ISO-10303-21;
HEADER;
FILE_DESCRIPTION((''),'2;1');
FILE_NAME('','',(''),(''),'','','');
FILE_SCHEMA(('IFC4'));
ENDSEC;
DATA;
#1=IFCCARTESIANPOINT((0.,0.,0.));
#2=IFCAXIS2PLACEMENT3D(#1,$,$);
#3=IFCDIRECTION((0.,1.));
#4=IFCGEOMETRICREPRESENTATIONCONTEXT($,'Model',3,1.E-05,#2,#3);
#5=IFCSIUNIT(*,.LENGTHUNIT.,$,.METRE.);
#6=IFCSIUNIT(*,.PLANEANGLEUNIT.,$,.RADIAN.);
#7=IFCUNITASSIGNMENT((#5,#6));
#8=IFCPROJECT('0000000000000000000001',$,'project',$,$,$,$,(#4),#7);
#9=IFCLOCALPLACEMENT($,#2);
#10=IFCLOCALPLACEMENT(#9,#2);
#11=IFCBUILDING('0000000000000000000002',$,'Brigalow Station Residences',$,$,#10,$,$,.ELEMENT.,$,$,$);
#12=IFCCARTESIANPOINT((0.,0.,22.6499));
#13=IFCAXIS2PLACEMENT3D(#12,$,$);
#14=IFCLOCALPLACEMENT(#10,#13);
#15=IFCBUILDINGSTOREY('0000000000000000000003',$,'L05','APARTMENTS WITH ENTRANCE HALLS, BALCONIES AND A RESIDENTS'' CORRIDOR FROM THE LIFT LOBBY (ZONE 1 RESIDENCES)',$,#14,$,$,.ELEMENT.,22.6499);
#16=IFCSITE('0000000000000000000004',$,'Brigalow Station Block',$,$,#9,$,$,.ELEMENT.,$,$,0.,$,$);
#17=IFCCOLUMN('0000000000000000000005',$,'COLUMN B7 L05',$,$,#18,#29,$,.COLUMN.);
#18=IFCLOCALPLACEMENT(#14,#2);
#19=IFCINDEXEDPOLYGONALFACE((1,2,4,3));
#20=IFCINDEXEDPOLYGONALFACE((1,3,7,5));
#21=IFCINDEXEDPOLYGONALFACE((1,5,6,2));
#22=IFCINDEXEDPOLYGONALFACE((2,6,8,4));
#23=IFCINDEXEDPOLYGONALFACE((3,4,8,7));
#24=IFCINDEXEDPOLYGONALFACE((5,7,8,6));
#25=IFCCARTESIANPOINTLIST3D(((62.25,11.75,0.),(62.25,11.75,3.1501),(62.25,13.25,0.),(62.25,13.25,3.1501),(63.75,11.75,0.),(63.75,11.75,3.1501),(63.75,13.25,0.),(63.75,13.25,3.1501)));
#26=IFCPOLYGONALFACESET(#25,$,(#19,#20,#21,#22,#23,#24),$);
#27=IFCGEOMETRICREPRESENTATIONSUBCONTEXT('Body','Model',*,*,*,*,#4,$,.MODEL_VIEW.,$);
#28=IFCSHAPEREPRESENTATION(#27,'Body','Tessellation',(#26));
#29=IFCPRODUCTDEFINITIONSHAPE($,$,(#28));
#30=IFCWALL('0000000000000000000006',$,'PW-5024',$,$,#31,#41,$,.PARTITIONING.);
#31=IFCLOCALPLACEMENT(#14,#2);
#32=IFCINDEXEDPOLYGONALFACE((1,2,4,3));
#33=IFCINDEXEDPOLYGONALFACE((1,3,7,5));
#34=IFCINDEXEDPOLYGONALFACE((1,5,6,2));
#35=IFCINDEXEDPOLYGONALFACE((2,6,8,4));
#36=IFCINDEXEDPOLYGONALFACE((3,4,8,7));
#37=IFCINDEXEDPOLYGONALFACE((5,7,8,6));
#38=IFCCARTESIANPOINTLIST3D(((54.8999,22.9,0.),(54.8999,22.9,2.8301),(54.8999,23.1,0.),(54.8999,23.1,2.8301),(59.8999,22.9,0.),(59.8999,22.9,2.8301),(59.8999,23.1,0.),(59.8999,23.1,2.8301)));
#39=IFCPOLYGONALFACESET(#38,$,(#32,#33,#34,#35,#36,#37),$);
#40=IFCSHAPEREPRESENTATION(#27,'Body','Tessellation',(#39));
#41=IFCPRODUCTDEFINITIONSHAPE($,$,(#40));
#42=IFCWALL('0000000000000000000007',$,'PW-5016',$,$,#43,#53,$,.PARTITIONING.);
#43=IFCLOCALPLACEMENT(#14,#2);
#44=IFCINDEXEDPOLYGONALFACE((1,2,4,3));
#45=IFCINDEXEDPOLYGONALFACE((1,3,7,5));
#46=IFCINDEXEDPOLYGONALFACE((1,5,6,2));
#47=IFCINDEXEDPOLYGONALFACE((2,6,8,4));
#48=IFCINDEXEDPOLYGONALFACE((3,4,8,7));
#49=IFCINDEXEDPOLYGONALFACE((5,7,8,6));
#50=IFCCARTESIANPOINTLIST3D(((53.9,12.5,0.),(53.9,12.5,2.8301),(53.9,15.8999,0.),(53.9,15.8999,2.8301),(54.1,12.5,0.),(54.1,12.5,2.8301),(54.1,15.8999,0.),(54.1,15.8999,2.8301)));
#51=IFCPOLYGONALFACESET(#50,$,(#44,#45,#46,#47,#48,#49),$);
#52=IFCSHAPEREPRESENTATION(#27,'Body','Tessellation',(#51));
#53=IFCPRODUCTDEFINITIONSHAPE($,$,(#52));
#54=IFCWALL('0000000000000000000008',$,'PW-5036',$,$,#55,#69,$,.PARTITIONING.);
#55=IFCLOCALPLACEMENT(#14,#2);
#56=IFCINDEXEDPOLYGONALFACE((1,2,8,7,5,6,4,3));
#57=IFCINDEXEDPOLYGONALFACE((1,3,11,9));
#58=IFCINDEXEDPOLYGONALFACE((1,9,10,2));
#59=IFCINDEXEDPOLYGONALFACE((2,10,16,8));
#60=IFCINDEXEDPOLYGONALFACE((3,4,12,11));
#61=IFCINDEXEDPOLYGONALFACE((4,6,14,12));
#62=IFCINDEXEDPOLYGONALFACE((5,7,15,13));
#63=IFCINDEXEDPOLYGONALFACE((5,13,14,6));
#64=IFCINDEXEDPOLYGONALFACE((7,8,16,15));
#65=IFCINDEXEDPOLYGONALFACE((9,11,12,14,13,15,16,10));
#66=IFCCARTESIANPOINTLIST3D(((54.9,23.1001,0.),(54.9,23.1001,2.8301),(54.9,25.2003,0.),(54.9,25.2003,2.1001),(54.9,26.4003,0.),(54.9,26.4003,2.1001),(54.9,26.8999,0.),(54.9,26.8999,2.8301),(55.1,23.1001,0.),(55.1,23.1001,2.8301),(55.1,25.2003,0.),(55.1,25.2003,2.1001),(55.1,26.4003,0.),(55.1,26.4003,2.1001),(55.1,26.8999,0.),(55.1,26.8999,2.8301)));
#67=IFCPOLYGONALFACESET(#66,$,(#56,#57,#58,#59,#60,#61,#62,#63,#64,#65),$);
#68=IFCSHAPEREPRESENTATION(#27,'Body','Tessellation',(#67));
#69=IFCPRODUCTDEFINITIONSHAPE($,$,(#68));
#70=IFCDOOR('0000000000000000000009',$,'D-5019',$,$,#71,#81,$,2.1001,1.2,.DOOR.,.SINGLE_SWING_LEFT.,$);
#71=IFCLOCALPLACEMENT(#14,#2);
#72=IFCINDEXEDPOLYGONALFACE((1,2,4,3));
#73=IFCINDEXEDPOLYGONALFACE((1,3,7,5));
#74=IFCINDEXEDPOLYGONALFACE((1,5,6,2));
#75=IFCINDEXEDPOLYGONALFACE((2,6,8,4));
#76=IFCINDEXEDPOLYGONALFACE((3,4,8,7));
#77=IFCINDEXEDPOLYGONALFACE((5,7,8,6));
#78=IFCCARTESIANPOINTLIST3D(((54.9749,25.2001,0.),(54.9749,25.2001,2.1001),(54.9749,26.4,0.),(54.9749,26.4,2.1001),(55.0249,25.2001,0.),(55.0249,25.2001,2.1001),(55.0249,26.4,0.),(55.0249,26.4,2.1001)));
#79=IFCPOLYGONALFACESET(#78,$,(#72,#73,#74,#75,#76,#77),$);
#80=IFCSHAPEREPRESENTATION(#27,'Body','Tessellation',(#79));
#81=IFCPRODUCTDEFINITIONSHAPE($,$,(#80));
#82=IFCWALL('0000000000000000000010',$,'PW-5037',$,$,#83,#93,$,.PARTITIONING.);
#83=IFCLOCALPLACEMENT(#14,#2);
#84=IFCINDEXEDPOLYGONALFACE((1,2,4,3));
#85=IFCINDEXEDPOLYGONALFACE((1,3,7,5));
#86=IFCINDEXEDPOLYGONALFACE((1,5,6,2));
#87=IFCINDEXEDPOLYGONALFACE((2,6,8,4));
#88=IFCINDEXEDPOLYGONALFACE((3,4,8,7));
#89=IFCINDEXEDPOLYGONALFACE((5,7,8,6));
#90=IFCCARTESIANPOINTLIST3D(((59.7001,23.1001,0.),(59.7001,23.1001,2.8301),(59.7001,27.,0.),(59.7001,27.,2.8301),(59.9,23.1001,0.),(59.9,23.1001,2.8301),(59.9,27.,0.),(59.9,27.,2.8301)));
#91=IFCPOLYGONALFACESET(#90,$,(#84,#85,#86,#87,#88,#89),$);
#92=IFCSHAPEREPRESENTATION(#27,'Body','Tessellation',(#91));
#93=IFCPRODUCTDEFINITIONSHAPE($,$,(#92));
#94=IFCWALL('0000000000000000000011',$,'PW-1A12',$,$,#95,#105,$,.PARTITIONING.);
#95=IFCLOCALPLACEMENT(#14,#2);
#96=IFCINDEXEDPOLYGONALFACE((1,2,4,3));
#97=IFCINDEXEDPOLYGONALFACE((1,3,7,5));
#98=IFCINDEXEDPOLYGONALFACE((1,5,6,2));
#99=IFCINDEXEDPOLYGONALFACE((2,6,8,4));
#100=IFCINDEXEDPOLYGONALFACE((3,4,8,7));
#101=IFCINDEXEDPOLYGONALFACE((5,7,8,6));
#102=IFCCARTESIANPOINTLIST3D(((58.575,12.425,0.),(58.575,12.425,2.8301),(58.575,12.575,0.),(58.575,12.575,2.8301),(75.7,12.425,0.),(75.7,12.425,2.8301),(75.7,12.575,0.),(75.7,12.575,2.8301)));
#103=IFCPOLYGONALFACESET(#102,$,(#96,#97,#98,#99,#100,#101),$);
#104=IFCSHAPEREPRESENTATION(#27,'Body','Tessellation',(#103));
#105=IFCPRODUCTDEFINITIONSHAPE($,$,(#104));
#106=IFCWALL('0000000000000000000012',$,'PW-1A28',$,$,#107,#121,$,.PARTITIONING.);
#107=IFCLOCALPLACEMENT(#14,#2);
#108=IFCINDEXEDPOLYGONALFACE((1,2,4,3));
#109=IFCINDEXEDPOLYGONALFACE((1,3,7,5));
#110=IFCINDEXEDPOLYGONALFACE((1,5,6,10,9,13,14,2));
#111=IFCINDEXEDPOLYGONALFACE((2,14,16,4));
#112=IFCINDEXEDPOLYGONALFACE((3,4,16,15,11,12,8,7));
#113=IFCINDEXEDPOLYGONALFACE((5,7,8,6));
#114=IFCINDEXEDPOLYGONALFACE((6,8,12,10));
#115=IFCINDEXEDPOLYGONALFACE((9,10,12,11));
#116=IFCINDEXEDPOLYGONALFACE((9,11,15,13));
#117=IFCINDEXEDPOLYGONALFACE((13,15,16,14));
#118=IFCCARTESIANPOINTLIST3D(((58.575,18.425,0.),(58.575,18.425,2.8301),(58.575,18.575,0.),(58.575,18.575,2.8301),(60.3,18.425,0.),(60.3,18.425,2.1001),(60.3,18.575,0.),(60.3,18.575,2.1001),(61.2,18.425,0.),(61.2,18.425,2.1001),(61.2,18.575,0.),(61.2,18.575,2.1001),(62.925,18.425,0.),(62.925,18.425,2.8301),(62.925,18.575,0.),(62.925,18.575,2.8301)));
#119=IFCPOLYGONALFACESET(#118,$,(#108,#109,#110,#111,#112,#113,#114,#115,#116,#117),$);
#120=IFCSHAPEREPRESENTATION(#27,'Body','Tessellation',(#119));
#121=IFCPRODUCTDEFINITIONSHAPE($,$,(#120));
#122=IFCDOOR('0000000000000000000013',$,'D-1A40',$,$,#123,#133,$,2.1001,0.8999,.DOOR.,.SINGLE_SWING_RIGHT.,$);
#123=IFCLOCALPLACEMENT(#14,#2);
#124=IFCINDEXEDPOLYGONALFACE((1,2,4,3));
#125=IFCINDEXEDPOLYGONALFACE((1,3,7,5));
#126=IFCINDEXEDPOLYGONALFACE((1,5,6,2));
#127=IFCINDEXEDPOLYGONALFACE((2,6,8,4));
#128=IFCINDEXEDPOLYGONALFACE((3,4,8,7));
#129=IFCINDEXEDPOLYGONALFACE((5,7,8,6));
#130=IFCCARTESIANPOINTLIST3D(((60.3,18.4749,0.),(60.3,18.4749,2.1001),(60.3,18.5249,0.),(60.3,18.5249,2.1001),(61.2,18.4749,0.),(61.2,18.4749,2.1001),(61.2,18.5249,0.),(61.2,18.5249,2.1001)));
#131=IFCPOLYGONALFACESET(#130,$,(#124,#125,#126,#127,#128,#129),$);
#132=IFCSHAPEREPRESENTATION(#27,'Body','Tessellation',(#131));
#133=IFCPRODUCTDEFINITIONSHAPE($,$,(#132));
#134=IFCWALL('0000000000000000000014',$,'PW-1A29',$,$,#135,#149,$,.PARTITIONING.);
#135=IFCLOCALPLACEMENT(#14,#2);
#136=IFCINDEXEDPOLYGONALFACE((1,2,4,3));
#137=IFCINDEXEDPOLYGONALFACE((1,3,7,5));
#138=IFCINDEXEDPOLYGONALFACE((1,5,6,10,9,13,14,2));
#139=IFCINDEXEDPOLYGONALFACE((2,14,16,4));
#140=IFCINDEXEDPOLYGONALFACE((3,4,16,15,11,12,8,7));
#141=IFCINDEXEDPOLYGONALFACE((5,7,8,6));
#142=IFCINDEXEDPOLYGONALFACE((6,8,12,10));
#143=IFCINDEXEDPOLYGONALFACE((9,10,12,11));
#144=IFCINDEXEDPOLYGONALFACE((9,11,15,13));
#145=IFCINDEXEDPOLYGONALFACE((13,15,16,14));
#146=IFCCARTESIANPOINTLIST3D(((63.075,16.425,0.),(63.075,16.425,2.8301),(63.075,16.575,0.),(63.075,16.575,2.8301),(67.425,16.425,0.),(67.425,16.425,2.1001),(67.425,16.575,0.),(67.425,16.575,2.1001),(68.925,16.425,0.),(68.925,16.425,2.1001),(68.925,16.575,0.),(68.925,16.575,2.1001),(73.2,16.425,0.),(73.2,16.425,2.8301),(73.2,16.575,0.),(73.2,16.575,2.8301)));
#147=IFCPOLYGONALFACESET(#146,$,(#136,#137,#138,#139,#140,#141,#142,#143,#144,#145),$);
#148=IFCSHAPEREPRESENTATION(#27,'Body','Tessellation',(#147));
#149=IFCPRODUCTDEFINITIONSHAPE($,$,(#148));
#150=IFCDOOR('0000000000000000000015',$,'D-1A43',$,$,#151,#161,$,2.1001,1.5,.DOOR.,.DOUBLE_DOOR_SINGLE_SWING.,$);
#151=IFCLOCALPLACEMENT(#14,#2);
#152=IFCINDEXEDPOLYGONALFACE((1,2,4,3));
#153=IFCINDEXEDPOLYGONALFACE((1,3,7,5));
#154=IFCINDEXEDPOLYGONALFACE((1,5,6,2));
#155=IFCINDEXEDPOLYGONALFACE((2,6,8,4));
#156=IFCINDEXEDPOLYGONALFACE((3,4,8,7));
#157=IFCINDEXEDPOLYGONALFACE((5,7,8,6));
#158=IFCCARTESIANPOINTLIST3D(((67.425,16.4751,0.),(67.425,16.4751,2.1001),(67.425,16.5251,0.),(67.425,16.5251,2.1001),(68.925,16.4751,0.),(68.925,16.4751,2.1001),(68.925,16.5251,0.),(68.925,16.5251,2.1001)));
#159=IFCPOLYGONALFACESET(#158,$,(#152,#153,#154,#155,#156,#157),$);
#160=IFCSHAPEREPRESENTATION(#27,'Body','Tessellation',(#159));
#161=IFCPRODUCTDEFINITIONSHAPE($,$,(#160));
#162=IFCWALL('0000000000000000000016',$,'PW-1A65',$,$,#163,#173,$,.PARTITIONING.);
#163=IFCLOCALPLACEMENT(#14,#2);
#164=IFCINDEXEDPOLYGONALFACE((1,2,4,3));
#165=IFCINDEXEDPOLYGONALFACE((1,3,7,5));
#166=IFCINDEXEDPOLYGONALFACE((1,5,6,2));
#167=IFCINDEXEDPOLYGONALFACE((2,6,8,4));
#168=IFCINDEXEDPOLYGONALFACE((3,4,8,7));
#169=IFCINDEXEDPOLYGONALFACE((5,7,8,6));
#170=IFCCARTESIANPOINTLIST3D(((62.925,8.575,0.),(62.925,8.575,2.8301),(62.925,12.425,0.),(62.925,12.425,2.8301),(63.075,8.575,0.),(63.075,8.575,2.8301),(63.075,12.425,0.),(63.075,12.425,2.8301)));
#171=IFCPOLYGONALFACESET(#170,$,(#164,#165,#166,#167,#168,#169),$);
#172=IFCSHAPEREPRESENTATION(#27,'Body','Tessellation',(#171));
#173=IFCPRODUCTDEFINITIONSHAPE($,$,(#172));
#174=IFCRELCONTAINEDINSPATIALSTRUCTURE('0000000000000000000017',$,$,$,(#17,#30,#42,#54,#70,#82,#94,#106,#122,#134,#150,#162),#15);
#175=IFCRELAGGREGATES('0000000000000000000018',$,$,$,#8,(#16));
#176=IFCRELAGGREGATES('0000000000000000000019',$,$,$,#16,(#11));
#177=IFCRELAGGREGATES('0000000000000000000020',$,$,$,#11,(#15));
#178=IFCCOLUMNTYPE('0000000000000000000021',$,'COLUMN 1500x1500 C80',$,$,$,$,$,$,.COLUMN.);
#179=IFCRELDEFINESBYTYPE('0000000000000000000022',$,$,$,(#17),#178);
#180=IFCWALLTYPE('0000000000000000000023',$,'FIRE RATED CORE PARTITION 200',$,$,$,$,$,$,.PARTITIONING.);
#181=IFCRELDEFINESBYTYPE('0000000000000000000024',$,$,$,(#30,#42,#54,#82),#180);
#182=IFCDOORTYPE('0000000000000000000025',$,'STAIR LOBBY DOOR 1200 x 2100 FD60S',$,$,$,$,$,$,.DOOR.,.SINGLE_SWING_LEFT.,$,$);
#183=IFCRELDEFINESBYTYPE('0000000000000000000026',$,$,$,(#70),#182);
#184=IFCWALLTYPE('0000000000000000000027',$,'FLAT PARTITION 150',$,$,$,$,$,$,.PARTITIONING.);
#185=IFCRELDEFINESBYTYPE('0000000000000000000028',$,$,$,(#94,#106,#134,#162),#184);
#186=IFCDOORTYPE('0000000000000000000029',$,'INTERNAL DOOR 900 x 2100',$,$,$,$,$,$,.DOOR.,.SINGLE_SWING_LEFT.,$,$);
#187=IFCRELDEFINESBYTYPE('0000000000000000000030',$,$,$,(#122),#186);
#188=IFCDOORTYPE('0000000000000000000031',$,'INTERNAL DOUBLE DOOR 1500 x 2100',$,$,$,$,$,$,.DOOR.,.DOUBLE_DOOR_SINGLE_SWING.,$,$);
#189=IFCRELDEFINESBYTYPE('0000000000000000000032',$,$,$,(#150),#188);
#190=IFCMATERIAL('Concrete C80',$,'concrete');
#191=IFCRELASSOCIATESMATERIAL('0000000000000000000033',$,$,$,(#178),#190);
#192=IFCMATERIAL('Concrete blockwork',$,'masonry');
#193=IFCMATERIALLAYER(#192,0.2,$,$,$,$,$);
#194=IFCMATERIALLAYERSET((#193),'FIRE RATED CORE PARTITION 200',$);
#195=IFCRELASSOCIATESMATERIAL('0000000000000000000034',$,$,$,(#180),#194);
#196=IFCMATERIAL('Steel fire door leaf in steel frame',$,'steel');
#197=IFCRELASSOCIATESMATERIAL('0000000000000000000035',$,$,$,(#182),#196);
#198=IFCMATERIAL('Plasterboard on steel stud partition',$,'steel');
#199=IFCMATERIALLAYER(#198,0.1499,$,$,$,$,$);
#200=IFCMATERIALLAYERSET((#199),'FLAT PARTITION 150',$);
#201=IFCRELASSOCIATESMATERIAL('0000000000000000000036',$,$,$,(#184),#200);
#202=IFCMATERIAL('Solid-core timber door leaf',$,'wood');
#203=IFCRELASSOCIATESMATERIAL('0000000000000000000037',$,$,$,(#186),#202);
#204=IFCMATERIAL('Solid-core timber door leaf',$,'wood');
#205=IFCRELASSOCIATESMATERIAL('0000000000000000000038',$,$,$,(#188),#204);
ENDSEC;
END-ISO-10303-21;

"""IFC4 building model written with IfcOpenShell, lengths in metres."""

from ifc_helpers import new_model, si_unit, direction, frame, frame_2d, origin, origin_2d, place, context, subcontext, project, spatial, rectangle, extrude, material, layer, layer_set, material_profile, profile_set, type_object, element, fill, save


model = new_model("IFC4")

# Units and contexts
model_context = context("Model", 3, precision=1e-05, world=origin(), true_north=direction((0.0, 1.0)))
body_context = subcontext(model_context, "Body", "Model", "MODEL_VIEW")
ifc_project = project(units=[si_unit("LENGTHUNIT", "METRE"), si_unit("PLANEANGLEUNIT", "RADIAN")], contexts=[model_context])

# Site, building, storey
site_placement = place(None, origin())
site = spatial("IfcSite", under=ifc_project, at=site_placement, Name="Brigalow Station Block", CompositionType="ELEMENT", RefElevation=0.0)
building_placement = place(site_placement, origin())
building = spatial("IfcBuilding", under=site, at=building_placement, Name="Brigalow Station Residences", CompositionType="ELEMENT")
storey_placement = place(building_placement, frame((0.0, 0.0, 22.6499)))
storey = spatial("IfcBuildingStorey", under=building, at=storey_placement, Name="L05", Description="APARTMENTS WITH ENTRANCE HALLS, BALCONIES AND A RESIDENTS' CORRIDOR FROM THE LIFT LOBBY (ZONE 1 RESIDENCES)", CompositionType="ELEMENT", Elevation=22.6499)

# Column
ifc_material_1 = material(Name="Concrete C80", Category="concrete")
ifc_material_profile = material_profile(ifc_material_1, rectangle(XDim=1.5, YDim=1.5, at=origin_2d()), Name="RC1500x1500")
ifc_profile_set = profile_set([ifc_material_profile], Name="Concrete C80")
column_type = type_object("IfcColumnType", Name="COLUMN 1500x1500 C80", PredefinedType="COLUMN", material=ifc_profile_set)
column_placement = place(storey_placement, frame((63.0, 12.5, 0.0), z_axis=(0.0, 0.0, 1.0), x_axis=(1.0, 0.0, 0.0)))
element("IfcColumn", 1, at=column_placement, inside=storey, type_object=column_type, Name="COLUMN B7 L05", PredefinedType="COLUMN", context=body_context, shape_type="SweptSolid", body=[
    extrude(rectangle(XDim=1.5, YDim=1.5, at=origin_2d()), origin(), (0.0, 0.0, 1.0), 3.1501),
])

# Walls
ifc_material_2 = material(Name="Concrete blockwork", Category="masonry")
ifc_layer_1 = layer(ifc_material_2, 0.2)
ifc_layer_set_1 = layer_set([ifc_layer_1], Name="FIRE RATED CORE PARTITION 200")
wall_type_1 = type_object("IfcWallType", Name="FIRE RATED CORE PARTITION 200", PredefinedType="PARTITIONING", material=ifc_layer_set_1)
wall_1_placement = place(storey_placement, frame((54.8999, 23.0, 0.0), z_axis=(0.0, 0.0, 1.0), x_axis=(1.0, 0.0, 0.0)))
element("IfcWall", 2, at=wall_1_placement, inside=storey, type_object=wall_type_1, Name="PW-5024", PredefinedType="PARTITIONING", context=body_context, shape_type="SweptSolid", body=[
    extrude(rectangle(XDim=5.0, YDim=0.2, at=frame_2d((2.5, 0.0))), origin(), (0.0, 0.0, 1.0), 2.8301),
])
wall_2_placement = place(storey_placement, frame((54.0, 12.5, 0.0), z_axis=(0.0, 0.0, 1.0), x_axis=(0.0, 1.0, 0.0)))
element("IfcWall", 3, at=wall_2_placement, inside=storey, type_object=wall_type_1, Name="PW-5016", PredefinedType="PARTITIONING", context=body_context, shape_type="SweptSolid", body=[
    extrude(rectangle(XDim=3.3999, YDim=0.2, at=frame_2d((1.7, 0.0))), origin(), (0.0, 0.0, 1.0), 2.8301),
])

# Wall, opening, door
wall_3_placement = place(storey_placement, frame((55.0, 23.1001, 0.0), z_axis=(0.0, 0.0, 1.0), x_axis=(0.0, 1.0, 0.0)))
wall_3 = element("IfcWall", 4, at=wall_3_placement, inside=storey, type_object=wall_type_1, Name="PW-5036", PredefinedType="PARTITIONING", context=body_context, shape_type="SweptSolid", body=[
    extrude(rectangle(XDim=3.7998, YDim=0.2, at=frame_2d((1.8999, 0.0))), origin(), (0.0, 0.0, 1.0), 2.8301),
])
opening_1_placement = place(wall_3_placement, frame((2.1001, 0.0, 0.0)))
opening_1 = element("IfcOpeningElement", 5, at=opening_1_placement, cuts=wall_3, PredefinedType="OPENING", context=body_context, shape_type="SweptSolid", body=[
    extrude(rectangle(XDim=1.2, YDim=2.1001, at=frame_2d((0.6001, 1.05))), frame((0.0, 0.1099, 0.0), z_axis=(0.0, -1.0, 0.0), x_axis=(1.0, 0.0, 0.0)), (0.0, 0.0, 1.0), 0.22),
])
ifc_material_3 = material(Name="Steel fire door leaf in steel frame", Category="steel")
door_type_1 = type_object("IfcDoorType", Name="STAIR LOBBY DOOR 1200 x 2100 FD60S", OperationType="SINGLE_SWING_LEFT", PredefinedType="DOOR", material=ifc_material_3)
door_1_placement = place(opening_1_placement, frame((1.2, 0.0, 0.0), z_axis=(0.0, 0.0, 1.0), x_axis=(-1.0, 0.0, 0.0)))
door_1 = element("IfcDoor", 6, at=door_1_placement, inside=storey, type_object=door_type_1, Name="D-5019", OperationType="SINGLE_SWING_LEFT", OverallHeight=2.1001, OverallWidth=1.2, PredefinedType="DOOR", context=body_context, shape_type="SweptSolid", body=[
    extrude(rectangle(XDim=1.2, YDim=2.1001, at=frame_2d((0.6001, 1.05))), frame((0.0, 0.0249, 0.0), z_axis=(0.0, -1.0, 0.0), x_axis=(1.0, 0.0, 0.0)), (0.0, 0.0, 1.0), 0.05),
])
fill(opening_1, door_1)

# Walls
wall_4_placement = place(storey_placement, frame((59.8, 23.1001, 0.0), z_axis=(0.0, 0.0, 1.0), x_axis=(0.0, 1.0, 0.0)))
element("IfcWall", 7, at=wall_4_placement, inside=storey, type_object=wall_type_1, Name="PW-5037", PredefinedType="PARTITIONING", context=body_context, shape_type="SweptSolid", body=[
    extrude(rectangle(XDim=3.8999, YDim=0.2, at=frame_2d((1.95, 0.0))), origin(), (0.0, 0.0, 1.0), 2.8301),
])
ifc_material_4 = material(Name="Plasterboard on steel stud partition", Category="steel")
ifc_layer_2 = layer(ifc_material_4, 0.1499)
ifc_layer_set_2 = layer_set([ifc_layer_2], Name="FLAT PARTITION 150")
wall_type_2 = type_object("IfcWallType", Name="FLAT PARTITION 150", PredefinedType="PARTITIONING", material=ifc_layer_set_2)
wall_5_placement = place(storey_placement, frame((58.575, 12.5, 0.0), z_axis=(0.0, 0.0, 1.0), x_axis=(1.0, 0.0, 0.0)))
element("IfcWall", 8, at=wall_5_placement, inside=storey, type_object=wall_type_2, Name="PW-1A12", PredefinedType="PARTITIONING", context=body_context, shape_type="SweptSolid", body=[
    extrude(rectangle(XDim=17.125, YDim=0.1499, at=frame_2d((8.5625, 0.0))), origin(), (0.0, 0.0, 1.0), 2.8301),
])

# Walls, openings, doors
wall_6_placement = place(storey_placement, frame((58.575, 18.5, 0.0), z_axis=(0.0, 0.0, 1.0), x_axis=(1.0, 0.0, 0.0)))
wall_6 = element("IfcWall", 9, at=wall_6_placement, inside=storey, type_object=wall_type_2, Name="PW-1A28", PredefinedType="PARTITIONING", context=body_context, shape_type="SweptSolid", body=[
    extrude(rectangle(XDim=4.3501, YDim=0.1499, at=frame_2d((2.175, 0.0))), origin(), (0.0, 0.0, 1.0), 2.8301),
])
opening_2_placement = place(wall_6_placement, frame((1.7251, 0.0, 0.0)))
opening_2 = element("IfcOpeningElement", 10, at=opening_2_placement, cuts=wall_6, PredefinedType="OPENING", context=body_context, shape_type="SweptSolid", body=[
    extrude(rectangle(XDim=0.8999, YDim=2.1001, at=frame_2d((0.45, 1.05))), frame((0.0, 0.085, 0.0), z_axis=(0.0, -1.0, 0.0), x_axis=(1.0, 0.0, 0.0)), (0.0, 0.0, 1.0), 0.1699),
])
ifc_material_5 = material(Name="Solid-core timber door leaf", Category="wood")
door_type_2 = type_object("IfcDoorType", Name="INTERNAL DOOR 900 x 2100", OperationType="SINGLE_SWING_LEFT", PredefinedType="DOOR", material=ifc_material_5)
door_2_placement = place(opening_2_placement, origin())
door_2 = element("IfcDoor", 11, at=door_2_placement, inside=storey, type_object=door_type_2, Name="D-1A40", OperationType="SINGLE_SWING_RIGHT", OverallHeight=2.1001, OverallWidth=0.8999, PredefinedType="DOOR", context=body_context, shape_type="SweptSolid", body=[
    extrude(rectangle(XDim=0.8999, YDim=2.1001, at=frame_2d((0.45, 1.05))), frame((0.0, 0.0249, 0.0), z_axis=(0.0, -1.0, 0.0), x_axis=(1.0, 0.0, 0.0)), (0.0, 0.0, 1.0), 0.05),
])
fill(opening_2, door_2)
wall_7_placement = place(storey_placement, frame((63.075, 16.5, 0.0), z_axis=(0.0, 0.0, 1.0), x_axis=(1.0, 0.0, 0.0)))
wall_7 = element("IfcWall", 12, at=wall_7_placement, inside=storey, type_object=wall_type_2, Name="PW-1A29", PredefinedType="PARTITIONING", context=body_context, shape_type="SweptSolid", body=[
    extrude(rectangle(XDim=10.125, YDim=0.1499, at=frame_2d((5.0625, 0.0))), origin(), (0.0, 0.0, 1.0), 2.8301),
])
opening_3_placement = place(wall_7_placement, frame((4.3501, 0.0, 0.0)))
opening_3 = element("IfcOpeningElement", 13, at=opening_3_placement, cuts=wall_7, PredefinedType="OPENING", context=body_context, shape_type="SweptSolid", body=[
    extrude(rectangle(XDim=1.5, YDim=2.1001, at=frame_2d((0.75, 1.05))), frame((0.0, 0.085, 0.0), z_axis=(0.0, -1.0, 0.0), x_axis=(1.0, 0.0, 0.0)), (0.0, 0.0, 1.0), 0.1699),
])
ifc_material_6 = material(Name="Solid-core timber door leaf", Category="wood")
door_type_3 = type_object("IfcDoorType", Name="INTERNAL DOUBLE DOOR 1500 x 2100", OperationType="DOUBLE_DOOR_SINGLE_SWING", PredefinedType="DOOR", material=ifc_material_6)
door_3_placement = place(opening_3_placement, frame((1.5, 0.0, 0.0), z_axis=(0.0, 0.0, 1.0), x_axis=(-1.0, 0.0, 0.0)))
door_3 = element("IfcDoor", 14, at=door_3_placement, inside=storey, type_object=door_type_3, Name="D-1A43", OperationType="DOUBLE_DOOR_SINGLE_SWING", OverallHeight=2.1001, OverallWidth=1.5, PredefinedType="DOOR", context=body_context, shape_type="SweptSolid", body=[
    extrude(rectangle(XDim=1.5, YDim=2.1001, at=frame_2d((0.75, 1.05))), frame((0.0, 0.0249, 0.0), z_axis=(0.0, -1.0, 0.0), x_axis=(1.0, 0.0, 0.0)), (0.0, 0.0, 1.0), 0.05),
])
fill(opening_3, door_3)

# Wall
wall_8_placement = place(storey_placement, frame((63.0, 8.575, 0.0), z_axis=(0.0, 0.0, 1.0), x_axis=(0.0, 1.0, 0.0)))
element("IfcWall", 15, at=wall_8_placement, inside=storey, type_object=wall_type_2, Name="PW-1A65", PredefinedType="PARTITIONING", context=body_context, shape_type="SweptSolid", body=[
    extrude(rectangle(XDim=3.8501, YDim=0.1499, at=frame_2d((1.925, 0.0))), origin(), (0.0, 0.0, 1.0), 2.8301),
])

save(model, "model.ifc")
